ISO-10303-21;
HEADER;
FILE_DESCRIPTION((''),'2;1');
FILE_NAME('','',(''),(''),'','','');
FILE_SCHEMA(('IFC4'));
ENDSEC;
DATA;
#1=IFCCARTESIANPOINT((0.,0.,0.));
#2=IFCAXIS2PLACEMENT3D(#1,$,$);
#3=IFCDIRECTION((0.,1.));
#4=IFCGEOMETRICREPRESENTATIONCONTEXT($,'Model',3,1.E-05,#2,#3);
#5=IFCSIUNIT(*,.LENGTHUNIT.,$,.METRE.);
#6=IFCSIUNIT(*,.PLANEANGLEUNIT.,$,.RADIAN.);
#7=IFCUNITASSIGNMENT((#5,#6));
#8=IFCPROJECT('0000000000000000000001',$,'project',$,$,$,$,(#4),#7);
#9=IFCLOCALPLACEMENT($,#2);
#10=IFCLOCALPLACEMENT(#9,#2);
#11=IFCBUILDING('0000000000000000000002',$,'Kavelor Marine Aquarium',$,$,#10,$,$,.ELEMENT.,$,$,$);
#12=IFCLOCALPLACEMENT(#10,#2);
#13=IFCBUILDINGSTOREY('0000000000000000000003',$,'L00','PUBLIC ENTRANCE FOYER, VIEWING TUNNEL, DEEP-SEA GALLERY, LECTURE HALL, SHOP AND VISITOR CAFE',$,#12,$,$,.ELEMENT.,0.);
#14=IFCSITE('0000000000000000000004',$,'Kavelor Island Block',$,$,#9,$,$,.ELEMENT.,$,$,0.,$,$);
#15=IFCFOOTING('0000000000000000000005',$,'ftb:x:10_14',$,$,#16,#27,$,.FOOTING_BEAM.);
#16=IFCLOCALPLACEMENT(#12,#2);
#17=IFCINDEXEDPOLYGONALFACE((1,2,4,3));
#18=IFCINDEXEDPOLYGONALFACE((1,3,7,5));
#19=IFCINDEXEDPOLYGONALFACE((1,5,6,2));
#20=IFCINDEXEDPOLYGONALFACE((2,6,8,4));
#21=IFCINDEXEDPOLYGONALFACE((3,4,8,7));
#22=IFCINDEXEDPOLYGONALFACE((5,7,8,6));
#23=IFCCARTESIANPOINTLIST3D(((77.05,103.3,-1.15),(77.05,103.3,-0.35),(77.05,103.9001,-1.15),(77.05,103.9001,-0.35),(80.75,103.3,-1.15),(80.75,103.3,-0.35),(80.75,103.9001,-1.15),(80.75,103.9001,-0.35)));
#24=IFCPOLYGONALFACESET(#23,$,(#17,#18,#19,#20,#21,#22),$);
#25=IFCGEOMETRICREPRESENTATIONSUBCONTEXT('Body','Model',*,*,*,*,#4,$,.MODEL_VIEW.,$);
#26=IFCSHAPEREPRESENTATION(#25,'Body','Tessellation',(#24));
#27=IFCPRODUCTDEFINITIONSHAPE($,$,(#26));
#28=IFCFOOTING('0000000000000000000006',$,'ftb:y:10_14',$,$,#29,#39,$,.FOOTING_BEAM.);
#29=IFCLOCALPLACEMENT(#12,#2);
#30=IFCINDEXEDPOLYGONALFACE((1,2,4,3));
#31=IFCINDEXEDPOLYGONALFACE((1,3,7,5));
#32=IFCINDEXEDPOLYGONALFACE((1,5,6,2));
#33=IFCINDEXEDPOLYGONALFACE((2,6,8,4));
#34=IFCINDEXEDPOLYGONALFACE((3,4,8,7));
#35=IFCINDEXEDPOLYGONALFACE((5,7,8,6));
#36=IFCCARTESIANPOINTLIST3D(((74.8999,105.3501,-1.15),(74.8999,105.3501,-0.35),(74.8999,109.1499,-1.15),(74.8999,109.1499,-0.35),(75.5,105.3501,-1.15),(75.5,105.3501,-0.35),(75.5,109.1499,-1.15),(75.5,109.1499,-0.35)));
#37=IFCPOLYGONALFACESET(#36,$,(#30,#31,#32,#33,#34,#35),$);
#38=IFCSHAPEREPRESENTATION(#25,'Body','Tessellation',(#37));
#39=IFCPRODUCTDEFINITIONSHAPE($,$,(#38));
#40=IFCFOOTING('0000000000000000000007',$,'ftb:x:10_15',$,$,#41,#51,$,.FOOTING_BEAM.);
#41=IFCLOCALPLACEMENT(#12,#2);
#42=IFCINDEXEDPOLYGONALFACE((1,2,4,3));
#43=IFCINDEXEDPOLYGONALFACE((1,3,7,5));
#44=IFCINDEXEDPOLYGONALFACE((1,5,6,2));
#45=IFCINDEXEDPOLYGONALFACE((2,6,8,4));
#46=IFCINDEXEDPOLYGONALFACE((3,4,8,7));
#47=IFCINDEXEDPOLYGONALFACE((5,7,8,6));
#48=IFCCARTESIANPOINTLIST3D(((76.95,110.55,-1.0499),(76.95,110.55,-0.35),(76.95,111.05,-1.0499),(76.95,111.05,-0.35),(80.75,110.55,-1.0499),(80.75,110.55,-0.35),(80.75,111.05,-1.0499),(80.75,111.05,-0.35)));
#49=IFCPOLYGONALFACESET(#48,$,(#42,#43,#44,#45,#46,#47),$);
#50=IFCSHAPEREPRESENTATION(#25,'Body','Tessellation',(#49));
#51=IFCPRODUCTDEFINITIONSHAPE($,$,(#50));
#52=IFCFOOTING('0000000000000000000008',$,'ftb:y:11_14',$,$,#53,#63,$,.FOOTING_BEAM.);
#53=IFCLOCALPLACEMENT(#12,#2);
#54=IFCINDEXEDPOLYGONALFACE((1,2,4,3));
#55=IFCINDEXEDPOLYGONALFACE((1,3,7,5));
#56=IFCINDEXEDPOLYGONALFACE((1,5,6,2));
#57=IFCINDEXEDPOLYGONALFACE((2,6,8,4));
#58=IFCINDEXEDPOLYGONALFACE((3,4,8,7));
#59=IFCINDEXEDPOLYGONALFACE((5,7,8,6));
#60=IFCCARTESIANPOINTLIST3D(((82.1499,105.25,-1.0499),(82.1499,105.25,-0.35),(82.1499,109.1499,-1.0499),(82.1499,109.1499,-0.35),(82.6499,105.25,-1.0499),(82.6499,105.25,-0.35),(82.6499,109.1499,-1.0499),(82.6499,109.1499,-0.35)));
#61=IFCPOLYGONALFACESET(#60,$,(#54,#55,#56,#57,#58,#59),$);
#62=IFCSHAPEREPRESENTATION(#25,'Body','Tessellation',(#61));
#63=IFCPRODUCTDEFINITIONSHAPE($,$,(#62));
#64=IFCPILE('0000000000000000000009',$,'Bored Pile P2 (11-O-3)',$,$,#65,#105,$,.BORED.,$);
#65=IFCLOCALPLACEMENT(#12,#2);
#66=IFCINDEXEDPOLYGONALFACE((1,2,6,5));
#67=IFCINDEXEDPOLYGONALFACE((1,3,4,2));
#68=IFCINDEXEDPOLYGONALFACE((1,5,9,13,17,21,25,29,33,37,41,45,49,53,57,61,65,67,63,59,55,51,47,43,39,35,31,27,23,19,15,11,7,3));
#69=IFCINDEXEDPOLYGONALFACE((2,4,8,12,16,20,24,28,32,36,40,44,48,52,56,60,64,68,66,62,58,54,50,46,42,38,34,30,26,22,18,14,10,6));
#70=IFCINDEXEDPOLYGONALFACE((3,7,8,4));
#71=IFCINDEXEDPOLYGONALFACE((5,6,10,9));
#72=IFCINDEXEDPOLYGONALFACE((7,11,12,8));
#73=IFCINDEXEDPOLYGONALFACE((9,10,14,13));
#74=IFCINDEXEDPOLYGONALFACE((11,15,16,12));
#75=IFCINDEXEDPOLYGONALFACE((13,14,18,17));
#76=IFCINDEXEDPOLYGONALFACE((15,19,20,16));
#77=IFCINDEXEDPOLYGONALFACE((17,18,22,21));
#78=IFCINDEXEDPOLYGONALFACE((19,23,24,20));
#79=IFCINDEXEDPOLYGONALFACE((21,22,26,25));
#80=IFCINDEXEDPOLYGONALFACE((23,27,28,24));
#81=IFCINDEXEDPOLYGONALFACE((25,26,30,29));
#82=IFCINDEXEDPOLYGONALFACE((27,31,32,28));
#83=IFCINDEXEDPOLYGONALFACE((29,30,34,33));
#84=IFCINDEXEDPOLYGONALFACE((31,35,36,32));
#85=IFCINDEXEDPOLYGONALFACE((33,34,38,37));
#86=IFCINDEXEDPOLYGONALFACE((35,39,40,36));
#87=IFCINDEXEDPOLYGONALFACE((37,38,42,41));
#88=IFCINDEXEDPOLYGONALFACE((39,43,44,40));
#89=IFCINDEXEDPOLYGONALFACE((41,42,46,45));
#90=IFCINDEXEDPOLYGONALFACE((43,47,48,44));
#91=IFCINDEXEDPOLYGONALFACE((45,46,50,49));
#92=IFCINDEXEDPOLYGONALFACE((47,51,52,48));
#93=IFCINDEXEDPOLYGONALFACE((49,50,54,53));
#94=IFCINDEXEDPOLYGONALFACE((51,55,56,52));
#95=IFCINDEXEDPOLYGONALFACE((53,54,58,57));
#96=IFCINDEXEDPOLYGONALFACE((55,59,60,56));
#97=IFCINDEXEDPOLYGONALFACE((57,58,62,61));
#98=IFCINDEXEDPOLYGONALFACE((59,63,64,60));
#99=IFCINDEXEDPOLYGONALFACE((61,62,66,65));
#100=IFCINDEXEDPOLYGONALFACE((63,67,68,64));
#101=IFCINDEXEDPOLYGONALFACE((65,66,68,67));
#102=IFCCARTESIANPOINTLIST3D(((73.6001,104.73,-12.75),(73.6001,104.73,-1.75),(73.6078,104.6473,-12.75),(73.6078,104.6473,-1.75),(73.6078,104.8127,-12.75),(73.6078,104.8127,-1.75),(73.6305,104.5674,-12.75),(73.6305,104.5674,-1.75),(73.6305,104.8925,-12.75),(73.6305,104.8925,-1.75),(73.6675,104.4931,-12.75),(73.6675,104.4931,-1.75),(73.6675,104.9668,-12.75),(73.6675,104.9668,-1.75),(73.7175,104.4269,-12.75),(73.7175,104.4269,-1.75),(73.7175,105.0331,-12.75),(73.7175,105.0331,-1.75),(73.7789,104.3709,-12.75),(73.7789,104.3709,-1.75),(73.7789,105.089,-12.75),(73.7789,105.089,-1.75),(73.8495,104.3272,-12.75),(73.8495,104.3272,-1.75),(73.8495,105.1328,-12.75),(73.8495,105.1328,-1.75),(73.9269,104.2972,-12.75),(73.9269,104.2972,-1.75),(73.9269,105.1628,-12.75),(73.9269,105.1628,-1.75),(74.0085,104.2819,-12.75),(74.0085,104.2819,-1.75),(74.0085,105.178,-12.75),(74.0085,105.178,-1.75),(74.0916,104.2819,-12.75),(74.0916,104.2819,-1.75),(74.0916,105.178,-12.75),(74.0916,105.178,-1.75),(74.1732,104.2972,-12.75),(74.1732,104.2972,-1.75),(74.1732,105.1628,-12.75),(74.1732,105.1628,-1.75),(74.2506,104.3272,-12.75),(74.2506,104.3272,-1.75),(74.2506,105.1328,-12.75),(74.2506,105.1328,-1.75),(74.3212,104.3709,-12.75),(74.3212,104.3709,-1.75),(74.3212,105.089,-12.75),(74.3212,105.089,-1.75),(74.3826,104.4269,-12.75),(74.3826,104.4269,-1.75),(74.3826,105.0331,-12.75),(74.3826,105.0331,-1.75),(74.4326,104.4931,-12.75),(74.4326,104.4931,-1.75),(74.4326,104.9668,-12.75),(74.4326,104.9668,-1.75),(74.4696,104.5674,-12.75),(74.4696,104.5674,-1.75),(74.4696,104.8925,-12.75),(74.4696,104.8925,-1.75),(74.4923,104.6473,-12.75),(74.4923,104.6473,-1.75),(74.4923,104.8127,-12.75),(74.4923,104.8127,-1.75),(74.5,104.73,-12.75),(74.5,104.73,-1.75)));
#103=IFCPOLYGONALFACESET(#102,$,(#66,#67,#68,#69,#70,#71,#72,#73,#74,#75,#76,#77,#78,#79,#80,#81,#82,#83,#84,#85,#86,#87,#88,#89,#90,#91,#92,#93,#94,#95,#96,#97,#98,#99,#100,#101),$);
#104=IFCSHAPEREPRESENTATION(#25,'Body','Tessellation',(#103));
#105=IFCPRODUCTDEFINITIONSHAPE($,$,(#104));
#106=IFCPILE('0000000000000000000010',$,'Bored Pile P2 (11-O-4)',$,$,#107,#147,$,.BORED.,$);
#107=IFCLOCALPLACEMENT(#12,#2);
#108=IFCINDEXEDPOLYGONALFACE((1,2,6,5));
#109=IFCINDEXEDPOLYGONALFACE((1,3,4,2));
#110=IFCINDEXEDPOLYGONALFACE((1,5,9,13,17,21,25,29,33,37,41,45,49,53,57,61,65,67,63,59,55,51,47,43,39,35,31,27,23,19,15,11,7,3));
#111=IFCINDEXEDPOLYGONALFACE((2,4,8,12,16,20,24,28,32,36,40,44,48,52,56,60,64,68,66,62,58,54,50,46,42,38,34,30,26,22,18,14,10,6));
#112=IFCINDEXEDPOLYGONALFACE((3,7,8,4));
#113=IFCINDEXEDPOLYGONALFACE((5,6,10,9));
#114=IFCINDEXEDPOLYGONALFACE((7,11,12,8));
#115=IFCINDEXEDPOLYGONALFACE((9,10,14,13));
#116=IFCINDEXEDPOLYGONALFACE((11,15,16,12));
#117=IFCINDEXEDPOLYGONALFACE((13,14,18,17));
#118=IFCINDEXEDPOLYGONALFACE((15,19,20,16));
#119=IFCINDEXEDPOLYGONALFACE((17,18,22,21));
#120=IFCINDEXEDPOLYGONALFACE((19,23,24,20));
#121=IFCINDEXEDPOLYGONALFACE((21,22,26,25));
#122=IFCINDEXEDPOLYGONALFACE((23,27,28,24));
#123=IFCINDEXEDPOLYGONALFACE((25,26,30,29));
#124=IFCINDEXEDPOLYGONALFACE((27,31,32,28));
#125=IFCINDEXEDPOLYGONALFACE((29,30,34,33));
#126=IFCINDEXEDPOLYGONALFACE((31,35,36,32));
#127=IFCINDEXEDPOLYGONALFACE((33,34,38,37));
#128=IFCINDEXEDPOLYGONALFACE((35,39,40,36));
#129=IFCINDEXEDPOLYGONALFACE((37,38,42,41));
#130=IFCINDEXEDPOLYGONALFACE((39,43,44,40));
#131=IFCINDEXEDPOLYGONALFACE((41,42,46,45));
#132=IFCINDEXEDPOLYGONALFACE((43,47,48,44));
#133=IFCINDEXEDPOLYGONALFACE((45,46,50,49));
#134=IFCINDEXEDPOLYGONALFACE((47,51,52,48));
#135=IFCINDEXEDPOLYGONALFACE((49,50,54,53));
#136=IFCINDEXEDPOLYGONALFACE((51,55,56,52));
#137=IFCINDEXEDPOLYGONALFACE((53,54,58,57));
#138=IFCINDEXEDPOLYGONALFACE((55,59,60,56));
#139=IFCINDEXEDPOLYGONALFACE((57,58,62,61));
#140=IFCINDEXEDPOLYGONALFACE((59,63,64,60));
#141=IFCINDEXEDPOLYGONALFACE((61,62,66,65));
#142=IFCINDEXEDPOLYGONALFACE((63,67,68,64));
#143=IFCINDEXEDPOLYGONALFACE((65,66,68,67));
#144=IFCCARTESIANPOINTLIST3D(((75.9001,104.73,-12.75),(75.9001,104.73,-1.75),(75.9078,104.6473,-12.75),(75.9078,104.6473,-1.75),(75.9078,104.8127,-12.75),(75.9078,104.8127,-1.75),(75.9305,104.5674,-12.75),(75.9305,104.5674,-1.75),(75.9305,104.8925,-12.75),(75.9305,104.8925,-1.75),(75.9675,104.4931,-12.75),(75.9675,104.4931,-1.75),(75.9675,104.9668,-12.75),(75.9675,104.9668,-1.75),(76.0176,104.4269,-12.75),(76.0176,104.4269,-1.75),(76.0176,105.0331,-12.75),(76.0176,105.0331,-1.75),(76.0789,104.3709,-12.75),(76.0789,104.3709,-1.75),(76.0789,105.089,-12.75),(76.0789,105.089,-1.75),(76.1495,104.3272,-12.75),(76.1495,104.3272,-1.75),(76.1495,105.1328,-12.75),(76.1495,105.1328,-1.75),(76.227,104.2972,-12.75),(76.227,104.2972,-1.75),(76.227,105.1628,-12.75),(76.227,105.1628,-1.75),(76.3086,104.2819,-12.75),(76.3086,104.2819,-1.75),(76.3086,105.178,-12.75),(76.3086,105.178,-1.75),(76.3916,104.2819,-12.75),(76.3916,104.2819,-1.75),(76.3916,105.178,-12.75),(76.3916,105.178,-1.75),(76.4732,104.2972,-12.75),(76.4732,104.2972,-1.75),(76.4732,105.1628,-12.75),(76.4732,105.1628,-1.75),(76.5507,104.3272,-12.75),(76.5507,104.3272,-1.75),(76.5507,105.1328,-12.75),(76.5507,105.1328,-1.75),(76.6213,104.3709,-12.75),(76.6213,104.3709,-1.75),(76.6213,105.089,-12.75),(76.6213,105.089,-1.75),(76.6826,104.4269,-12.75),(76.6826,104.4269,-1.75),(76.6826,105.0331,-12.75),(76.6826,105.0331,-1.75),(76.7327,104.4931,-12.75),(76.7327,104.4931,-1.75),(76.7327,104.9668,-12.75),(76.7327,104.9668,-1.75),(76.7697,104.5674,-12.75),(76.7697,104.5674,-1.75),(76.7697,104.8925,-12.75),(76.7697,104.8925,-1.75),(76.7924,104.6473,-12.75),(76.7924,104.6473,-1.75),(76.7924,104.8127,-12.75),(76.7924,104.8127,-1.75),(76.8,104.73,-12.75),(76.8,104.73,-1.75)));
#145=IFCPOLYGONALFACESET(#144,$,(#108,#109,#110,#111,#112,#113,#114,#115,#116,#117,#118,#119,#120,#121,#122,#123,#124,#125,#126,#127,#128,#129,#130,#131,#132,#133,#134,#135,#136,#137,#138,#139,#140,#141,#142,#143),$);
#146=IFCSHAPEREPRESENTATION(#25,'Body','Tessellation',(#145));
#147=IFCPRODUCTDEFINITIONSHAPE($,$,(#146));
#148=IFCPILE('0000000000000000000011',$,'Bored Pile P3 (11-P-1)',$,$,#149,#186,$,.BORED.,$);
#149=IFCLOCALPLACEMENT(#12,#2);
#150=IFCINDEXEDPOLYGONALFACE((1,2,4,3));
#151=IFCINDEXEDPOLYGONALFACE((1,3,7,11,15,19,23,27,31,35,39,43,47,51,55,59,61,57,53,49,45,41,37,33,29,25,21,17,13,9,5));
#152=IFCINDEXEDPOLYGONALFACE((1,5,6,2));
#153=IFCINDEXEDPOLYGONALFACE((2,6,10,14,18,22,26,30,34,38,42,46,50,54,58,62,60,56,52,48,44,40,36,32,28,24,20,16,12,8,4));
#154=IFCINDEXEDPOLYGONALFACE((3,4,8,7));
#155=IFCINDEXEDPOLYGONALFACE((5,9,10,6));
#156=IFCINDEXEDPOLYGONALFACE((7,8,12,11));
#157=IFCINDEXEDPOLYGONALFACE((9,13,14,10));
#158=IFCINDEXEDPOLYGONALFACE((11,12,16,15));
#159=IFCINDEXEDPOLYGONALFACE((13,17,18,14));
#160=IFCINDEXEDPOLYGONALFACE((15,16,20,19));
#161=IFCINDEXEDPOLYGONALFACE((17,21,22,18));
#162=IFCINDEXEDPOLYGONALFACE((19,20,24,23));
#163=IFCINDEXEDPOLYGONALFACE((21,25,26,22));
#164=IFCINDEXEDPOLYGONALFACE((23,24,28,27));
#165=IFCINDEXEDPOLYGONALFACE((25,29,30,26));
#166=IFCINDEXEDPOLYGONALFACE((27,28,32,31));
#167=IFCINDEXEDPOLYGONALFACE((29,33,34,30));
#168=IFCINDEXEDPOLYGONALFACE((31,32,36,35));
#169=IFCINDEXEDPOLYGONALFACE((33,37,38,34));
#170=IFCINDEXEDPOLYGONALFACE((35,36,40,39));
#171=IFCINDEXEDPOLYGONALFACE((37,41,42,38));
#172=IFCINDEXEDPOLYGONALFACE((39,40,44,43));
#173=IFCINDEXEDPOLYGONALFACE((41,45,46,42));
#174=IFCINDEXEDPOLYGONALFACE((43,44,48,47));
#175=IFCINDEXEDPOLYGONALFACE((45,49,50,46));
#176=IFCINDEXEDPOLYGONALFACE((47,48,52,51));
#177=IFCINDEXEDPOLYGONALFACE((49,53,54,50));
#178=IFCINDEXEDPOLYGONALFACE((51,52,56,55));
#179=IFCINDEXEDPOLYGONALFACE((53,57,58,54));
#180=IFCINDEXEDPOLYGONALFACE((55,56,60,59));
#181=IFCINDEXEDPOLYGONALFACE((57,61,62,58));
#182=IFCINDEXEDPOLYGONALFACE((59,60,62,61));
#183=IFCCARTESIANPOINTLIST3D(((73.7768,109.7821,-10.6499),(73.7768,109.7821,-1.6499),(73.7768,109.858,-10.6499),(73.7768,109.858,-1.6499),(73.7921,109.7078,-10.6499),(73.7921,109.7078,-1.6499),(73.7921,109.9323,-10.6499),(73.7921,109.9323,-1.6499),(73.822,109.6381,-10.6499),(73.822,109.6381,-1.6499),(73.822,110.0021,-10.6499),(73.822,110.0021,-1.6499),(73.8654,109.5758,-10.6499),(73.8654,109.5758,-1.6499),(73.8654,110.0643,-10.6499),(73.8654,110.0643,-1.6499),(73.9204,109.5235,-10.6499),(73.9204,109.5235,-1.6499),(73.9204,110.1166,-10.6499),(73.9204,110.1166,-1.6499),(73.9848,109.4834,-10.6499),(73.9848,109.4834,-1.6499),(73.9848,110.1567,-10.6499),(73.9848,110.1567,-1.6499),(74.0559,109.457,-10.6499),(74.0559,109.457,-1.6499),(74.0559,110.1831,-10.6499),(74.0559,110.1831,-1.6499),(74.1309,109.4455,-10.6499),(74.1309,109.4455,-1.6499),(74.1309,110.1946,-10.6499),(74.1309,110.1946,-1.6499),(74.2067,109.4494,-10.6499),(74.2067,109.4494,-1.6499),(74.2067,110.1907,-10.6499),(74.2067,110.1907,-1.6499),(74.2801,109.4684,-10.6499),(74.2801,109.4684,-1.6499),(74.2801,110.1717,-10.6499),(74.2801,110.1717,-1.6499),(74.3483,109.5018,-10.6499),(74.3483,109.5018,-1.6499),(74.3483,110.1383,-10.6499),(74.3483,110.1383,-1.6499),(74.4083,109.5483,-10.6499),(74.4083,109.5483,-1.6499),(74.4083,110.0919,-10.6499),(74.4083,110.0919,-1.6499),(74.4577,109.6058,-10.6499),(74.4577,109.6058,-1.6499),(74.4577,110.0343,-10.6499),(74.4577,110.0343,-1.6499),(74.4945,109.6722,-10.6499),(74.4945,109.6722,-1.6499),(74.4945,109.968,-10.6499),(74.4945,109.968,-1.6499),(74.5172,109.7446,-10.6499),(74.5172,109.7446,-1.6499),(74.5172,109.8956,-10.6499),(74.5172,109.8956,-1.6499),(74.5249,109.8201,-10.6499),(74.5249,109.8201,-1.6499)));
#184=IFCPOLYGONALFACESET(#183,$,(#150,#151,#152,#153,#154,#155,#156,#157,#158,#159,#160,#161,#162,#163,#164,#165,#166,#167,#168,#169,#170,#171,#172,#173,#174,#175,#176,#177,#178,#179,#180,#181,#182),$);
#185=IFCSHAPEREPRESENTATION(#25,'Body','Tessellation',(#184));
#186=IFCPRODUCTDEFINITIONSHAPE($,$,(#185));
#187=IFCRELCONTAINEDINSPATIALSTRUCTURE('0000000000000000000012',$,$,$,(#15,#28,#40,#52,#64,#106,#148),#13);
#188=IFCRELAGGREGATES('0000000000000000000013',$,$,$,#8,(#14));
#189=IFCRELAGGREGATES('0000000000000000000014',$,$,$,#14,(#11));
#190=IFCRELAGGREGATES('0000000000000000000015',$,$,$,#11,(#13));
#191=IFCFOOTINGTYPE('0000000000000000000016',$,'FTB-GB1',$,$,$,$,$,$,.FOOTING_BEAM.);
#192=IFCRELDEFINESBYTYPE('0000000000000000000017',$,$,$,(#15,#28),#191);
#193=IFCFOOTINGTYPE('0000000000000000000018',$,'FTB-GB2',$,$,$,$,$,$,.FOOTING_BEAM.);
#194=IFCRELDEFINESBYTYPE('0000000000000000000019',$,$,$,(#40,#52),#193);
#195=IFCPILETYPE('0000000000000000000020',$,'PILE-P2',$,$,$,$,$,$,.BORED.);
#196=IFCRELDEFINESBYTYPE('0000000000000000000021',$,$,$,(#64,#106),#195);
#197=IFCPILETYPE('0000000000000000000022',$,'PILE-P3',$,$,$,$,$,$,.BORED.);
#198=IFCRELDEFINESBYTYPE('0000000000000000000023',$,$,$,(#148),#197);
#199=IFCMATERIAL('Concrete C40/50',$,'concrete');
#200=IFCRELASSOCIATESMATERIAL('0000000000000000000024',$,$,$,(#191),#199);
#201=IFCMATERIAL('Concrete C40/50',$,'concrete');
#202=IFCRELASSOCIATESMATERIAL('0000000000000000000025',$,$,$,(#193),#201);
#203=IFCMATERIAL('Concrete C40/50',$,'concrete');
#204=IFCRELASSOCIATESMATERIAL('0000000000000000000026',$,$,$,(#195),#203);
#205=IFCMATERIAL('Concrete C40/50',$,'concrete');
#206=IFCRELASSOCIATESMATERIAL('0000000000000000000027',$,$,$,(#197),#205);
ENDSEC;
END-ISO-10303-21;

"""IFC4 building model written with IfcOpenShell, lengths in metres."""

from ifc_helpers import new_model, si_unit, direction, frame, origin, origin_2d, place, context, subcontext, project, spatial, rectangle, circle, extrude, material, material_profile, profile_set, type_object, element, save


model = new_model("IFC4")

# Units and contexts
model_context = context("Model", 3, precision=1e-05, world=origin(), true_north=direction((0.0, 1.0)))
body_context = subcontext(model_context, "Body", "Model", "MODEL_VIEW")
ifc_project = project(units=[si_unit("LENGTHUNIT", "METRE"), si_unit("PLANEANGLEUNIT", "RADIAN")], contexts=[model_context])

# Site, building, storey
site_placement = place(None, origin())
site = spatial("IfcSite", under=ifc_project, at=site_placement, Name="Kavelor Island Block", CompositionType="ELEMENT", RefElevation=0.0)
building_placement = place(site_placement, origin())
building = spatial("IfcBuilding", under=site, at=building_placement, Name="Kavelor Marine Aquarium", CompositionType="ELEMENT")
storey_placement = place(building_placement, origin())
storey = spatial("IfcBuildingStorey", under=building, at=storey_placement, Name="L00", Description="PUBLIC ENTRANCE FOYER, VIEWING TUNNEL, DEEP-SEA GALLERY, LECTURE HALL, SHOP AND VISITOR CAFE", CompositionType="ELEMENT", Elevation=0.0)

# Footings
ifc_material_1 = material(Name="Concrete C40/50", Category="concrete")
ifc_material_profile_1 = material_profile(ifc_material_1, rectangle(XDim=0.6001, YDim=0.8, at=origin_2d()), Name="GB 600x800")
ifc_profile_set_1 = profile_set([ifc_material_profile_1], Name="Concrete C40/50")
footing_type_1 = type_object("IfcFootingType", Name="FTB-GB1", PredefinedType="FOOTING_BEAM", material=ifc_profile_set_1)
footing_1_placement = place(storey_placement, frame((77.05, 103.6001, -0.75), z_axis=(1.0, 0.0, 0.0), x_axis=(0.0, 1.0, 0.0)))
element("IfcFooting", 1, at=footing_1_placement, inside=storey, type_object=footing_type_1, Name="ftb:x:10_14", PredefinedType="FOOTING_BEAM", context=body_context, shape_type="SweptSolid", body=[
    extrude(rectangle(XDim=0.6001, YDim=0.8, at=origin_2d()), origin(), (0.0, 0.0, 1.0), 3.7),
])
footing_2_placement = place(storey_placement, frame((75.2, 105.3501, -0.75), z_axis=(0.0, 1.0, 0.0), x_axis=(-1.0, 0.0, 0.0)))
element("IfcFooting", 2, at=footing_2_placement, inside=storey, type_object=footing_type_1, Name="ftb:y:10_14", PredefinedType="FOOTING_BEAM", context=body_context, shape_type="SweptSolid", body=[
    extrude(rectangle(XDim=0.6001, YDim=0.8, at=origin_2d()), origin(), (0.0, 0.0, 1.0), 3.7998),
])
ifc_material_2 = material(Name="Concrete C40/50", Category="concrete")
ifc_material_profile_2 = material_profile(ifc_material_2, rectangle(XDim=0.5, YDim=0.7, at=origin_2d()), Name="GB 500x700")
ifc_profile_set_2 = profile_set([ifc_material_profile_2], Name="Concrete C40/50")
footing_type_2 = type_object("IfcFootingType", Name="FTB-GB2", PredefinedType="FOOTING_BEAM", material=ifc_profile_set_2)
footing_3_placement = place(storey_placement, frame((76.95, 110.8, -0.7), z_axis=(1.0, 0.0, 0.0), x_axis=(0.0, 1.0, 0.0)))
element("IfcFooting", 3, at=footing_3_placement, inside=storey, type_object=footing_type_2, Name="ftb:x:10_15", PredefinedType="FOOTING_BEAM", context=body_context, shape_type="SweptSolid", body=[
    extrude(rectangle(XDim=0.5, YDim=0.7, at=origin_2d()), origin(), (0.0, 0.0, 1.0), 3.8),
])
footing_4_placement = place(storey_placement, frame((82.3999, 105.25, -0.7), z_axis=(0.0, 1.0, 0.0), x_axis=(-1.0, 0.0, 0.0)))
element("IfcFooting", 4, at=footing_4_placement, inside=storey, type_object=footing_type_2, Name="ftb:y:11_14", PredefinedType="FOOTING_BEAM", context=body_context, shape_type="SweptSolid", body=[
    extrude(rectangle(XDim=0.5, YDim=0.7, at=origin_2d()), origin(), (0.0, 0.0, 1.0), 3.8999),
])

# Piles
ifc_material_3 = material(Name="Concrete C40/50", Category="concrete")
ifc_material_profile_3 = material_profile(ifc_material_3, circle(Radius=0.45, at=origin_2d()), Name="PILE D900")
ifc_profile_set_3 = profile_set([ifc_material_profile_3], Name="Concrete C40/50")
pile_type_1 = type_object("IfcPileType", Name="PILE-P2", PredefinedType="BORED", material=ifc_profile_set_3)
for number, where, z_axis, x_axis, name in (
    (5, (74.05, 104.73, -1.75), (0.0, 0.0, -1.0), (1.0, 0.0, 0.0), "Bored Pile P2 (11-O-3)"),
    (6, (76.3501, 104.73, -1.75), (0.0, 0.0, -1.0), (1.0, 0.0, 0.0), "Bored Pile P2 (11-O-4)"),
):
    element("IfcPile", number, at=place(storey_placement, frame(where, z_axis=z_axis, x_axis=x_axis)), inside=storey, type_object=pile_type_1, Name=name, PredefinedType="BORED", context=body_context, shape_type="SweptSolid", body=[
        extrude(circle(Radius=0.45, at=origin_2d()), origin(), (0.0, 0.0, 1.0), 11.0),
    ])
ifc_material_4 = material(Name="Concrete C40/50", Category="concrete")
ifc_material_profile_4 = material_profile(ifc_material_4, circle(Radius=0.375, at=origin_2d()), Name="PILE D750")
ifc_profile_set_4 = profile_set([ifc_material_profile_4], Name="Concrete C40/50")
pile_type_2 = type_object("IfcPileType", Name="PILE-P3", PredefinedType="BORED", material=ifc_profile_set_4)
for number, where, z_axis, x_axis, name in (
    (7, (74.1499, 109.8201, -1.6499), (0.0, 0.0, -1.0), (1.0, 0.0, 0.0), "Bored Pile P3 (11-P-1)"),
):
    element("IfcPile", number, at=place(storey_placement, frame(where, z_axis=z_axis, x_axis=x_axis)), inside=storey, type_object=pile_type_2, Name=name, PredefinedType="BORED", context=body_context, shape_type="SweptSolid", body=[
        extrude(circle(Radius=0.375, at=origin_2d()), origin(), (0.0, 0.0, 1.0), 9.0),
    ])

save(model, "model.ifc")
